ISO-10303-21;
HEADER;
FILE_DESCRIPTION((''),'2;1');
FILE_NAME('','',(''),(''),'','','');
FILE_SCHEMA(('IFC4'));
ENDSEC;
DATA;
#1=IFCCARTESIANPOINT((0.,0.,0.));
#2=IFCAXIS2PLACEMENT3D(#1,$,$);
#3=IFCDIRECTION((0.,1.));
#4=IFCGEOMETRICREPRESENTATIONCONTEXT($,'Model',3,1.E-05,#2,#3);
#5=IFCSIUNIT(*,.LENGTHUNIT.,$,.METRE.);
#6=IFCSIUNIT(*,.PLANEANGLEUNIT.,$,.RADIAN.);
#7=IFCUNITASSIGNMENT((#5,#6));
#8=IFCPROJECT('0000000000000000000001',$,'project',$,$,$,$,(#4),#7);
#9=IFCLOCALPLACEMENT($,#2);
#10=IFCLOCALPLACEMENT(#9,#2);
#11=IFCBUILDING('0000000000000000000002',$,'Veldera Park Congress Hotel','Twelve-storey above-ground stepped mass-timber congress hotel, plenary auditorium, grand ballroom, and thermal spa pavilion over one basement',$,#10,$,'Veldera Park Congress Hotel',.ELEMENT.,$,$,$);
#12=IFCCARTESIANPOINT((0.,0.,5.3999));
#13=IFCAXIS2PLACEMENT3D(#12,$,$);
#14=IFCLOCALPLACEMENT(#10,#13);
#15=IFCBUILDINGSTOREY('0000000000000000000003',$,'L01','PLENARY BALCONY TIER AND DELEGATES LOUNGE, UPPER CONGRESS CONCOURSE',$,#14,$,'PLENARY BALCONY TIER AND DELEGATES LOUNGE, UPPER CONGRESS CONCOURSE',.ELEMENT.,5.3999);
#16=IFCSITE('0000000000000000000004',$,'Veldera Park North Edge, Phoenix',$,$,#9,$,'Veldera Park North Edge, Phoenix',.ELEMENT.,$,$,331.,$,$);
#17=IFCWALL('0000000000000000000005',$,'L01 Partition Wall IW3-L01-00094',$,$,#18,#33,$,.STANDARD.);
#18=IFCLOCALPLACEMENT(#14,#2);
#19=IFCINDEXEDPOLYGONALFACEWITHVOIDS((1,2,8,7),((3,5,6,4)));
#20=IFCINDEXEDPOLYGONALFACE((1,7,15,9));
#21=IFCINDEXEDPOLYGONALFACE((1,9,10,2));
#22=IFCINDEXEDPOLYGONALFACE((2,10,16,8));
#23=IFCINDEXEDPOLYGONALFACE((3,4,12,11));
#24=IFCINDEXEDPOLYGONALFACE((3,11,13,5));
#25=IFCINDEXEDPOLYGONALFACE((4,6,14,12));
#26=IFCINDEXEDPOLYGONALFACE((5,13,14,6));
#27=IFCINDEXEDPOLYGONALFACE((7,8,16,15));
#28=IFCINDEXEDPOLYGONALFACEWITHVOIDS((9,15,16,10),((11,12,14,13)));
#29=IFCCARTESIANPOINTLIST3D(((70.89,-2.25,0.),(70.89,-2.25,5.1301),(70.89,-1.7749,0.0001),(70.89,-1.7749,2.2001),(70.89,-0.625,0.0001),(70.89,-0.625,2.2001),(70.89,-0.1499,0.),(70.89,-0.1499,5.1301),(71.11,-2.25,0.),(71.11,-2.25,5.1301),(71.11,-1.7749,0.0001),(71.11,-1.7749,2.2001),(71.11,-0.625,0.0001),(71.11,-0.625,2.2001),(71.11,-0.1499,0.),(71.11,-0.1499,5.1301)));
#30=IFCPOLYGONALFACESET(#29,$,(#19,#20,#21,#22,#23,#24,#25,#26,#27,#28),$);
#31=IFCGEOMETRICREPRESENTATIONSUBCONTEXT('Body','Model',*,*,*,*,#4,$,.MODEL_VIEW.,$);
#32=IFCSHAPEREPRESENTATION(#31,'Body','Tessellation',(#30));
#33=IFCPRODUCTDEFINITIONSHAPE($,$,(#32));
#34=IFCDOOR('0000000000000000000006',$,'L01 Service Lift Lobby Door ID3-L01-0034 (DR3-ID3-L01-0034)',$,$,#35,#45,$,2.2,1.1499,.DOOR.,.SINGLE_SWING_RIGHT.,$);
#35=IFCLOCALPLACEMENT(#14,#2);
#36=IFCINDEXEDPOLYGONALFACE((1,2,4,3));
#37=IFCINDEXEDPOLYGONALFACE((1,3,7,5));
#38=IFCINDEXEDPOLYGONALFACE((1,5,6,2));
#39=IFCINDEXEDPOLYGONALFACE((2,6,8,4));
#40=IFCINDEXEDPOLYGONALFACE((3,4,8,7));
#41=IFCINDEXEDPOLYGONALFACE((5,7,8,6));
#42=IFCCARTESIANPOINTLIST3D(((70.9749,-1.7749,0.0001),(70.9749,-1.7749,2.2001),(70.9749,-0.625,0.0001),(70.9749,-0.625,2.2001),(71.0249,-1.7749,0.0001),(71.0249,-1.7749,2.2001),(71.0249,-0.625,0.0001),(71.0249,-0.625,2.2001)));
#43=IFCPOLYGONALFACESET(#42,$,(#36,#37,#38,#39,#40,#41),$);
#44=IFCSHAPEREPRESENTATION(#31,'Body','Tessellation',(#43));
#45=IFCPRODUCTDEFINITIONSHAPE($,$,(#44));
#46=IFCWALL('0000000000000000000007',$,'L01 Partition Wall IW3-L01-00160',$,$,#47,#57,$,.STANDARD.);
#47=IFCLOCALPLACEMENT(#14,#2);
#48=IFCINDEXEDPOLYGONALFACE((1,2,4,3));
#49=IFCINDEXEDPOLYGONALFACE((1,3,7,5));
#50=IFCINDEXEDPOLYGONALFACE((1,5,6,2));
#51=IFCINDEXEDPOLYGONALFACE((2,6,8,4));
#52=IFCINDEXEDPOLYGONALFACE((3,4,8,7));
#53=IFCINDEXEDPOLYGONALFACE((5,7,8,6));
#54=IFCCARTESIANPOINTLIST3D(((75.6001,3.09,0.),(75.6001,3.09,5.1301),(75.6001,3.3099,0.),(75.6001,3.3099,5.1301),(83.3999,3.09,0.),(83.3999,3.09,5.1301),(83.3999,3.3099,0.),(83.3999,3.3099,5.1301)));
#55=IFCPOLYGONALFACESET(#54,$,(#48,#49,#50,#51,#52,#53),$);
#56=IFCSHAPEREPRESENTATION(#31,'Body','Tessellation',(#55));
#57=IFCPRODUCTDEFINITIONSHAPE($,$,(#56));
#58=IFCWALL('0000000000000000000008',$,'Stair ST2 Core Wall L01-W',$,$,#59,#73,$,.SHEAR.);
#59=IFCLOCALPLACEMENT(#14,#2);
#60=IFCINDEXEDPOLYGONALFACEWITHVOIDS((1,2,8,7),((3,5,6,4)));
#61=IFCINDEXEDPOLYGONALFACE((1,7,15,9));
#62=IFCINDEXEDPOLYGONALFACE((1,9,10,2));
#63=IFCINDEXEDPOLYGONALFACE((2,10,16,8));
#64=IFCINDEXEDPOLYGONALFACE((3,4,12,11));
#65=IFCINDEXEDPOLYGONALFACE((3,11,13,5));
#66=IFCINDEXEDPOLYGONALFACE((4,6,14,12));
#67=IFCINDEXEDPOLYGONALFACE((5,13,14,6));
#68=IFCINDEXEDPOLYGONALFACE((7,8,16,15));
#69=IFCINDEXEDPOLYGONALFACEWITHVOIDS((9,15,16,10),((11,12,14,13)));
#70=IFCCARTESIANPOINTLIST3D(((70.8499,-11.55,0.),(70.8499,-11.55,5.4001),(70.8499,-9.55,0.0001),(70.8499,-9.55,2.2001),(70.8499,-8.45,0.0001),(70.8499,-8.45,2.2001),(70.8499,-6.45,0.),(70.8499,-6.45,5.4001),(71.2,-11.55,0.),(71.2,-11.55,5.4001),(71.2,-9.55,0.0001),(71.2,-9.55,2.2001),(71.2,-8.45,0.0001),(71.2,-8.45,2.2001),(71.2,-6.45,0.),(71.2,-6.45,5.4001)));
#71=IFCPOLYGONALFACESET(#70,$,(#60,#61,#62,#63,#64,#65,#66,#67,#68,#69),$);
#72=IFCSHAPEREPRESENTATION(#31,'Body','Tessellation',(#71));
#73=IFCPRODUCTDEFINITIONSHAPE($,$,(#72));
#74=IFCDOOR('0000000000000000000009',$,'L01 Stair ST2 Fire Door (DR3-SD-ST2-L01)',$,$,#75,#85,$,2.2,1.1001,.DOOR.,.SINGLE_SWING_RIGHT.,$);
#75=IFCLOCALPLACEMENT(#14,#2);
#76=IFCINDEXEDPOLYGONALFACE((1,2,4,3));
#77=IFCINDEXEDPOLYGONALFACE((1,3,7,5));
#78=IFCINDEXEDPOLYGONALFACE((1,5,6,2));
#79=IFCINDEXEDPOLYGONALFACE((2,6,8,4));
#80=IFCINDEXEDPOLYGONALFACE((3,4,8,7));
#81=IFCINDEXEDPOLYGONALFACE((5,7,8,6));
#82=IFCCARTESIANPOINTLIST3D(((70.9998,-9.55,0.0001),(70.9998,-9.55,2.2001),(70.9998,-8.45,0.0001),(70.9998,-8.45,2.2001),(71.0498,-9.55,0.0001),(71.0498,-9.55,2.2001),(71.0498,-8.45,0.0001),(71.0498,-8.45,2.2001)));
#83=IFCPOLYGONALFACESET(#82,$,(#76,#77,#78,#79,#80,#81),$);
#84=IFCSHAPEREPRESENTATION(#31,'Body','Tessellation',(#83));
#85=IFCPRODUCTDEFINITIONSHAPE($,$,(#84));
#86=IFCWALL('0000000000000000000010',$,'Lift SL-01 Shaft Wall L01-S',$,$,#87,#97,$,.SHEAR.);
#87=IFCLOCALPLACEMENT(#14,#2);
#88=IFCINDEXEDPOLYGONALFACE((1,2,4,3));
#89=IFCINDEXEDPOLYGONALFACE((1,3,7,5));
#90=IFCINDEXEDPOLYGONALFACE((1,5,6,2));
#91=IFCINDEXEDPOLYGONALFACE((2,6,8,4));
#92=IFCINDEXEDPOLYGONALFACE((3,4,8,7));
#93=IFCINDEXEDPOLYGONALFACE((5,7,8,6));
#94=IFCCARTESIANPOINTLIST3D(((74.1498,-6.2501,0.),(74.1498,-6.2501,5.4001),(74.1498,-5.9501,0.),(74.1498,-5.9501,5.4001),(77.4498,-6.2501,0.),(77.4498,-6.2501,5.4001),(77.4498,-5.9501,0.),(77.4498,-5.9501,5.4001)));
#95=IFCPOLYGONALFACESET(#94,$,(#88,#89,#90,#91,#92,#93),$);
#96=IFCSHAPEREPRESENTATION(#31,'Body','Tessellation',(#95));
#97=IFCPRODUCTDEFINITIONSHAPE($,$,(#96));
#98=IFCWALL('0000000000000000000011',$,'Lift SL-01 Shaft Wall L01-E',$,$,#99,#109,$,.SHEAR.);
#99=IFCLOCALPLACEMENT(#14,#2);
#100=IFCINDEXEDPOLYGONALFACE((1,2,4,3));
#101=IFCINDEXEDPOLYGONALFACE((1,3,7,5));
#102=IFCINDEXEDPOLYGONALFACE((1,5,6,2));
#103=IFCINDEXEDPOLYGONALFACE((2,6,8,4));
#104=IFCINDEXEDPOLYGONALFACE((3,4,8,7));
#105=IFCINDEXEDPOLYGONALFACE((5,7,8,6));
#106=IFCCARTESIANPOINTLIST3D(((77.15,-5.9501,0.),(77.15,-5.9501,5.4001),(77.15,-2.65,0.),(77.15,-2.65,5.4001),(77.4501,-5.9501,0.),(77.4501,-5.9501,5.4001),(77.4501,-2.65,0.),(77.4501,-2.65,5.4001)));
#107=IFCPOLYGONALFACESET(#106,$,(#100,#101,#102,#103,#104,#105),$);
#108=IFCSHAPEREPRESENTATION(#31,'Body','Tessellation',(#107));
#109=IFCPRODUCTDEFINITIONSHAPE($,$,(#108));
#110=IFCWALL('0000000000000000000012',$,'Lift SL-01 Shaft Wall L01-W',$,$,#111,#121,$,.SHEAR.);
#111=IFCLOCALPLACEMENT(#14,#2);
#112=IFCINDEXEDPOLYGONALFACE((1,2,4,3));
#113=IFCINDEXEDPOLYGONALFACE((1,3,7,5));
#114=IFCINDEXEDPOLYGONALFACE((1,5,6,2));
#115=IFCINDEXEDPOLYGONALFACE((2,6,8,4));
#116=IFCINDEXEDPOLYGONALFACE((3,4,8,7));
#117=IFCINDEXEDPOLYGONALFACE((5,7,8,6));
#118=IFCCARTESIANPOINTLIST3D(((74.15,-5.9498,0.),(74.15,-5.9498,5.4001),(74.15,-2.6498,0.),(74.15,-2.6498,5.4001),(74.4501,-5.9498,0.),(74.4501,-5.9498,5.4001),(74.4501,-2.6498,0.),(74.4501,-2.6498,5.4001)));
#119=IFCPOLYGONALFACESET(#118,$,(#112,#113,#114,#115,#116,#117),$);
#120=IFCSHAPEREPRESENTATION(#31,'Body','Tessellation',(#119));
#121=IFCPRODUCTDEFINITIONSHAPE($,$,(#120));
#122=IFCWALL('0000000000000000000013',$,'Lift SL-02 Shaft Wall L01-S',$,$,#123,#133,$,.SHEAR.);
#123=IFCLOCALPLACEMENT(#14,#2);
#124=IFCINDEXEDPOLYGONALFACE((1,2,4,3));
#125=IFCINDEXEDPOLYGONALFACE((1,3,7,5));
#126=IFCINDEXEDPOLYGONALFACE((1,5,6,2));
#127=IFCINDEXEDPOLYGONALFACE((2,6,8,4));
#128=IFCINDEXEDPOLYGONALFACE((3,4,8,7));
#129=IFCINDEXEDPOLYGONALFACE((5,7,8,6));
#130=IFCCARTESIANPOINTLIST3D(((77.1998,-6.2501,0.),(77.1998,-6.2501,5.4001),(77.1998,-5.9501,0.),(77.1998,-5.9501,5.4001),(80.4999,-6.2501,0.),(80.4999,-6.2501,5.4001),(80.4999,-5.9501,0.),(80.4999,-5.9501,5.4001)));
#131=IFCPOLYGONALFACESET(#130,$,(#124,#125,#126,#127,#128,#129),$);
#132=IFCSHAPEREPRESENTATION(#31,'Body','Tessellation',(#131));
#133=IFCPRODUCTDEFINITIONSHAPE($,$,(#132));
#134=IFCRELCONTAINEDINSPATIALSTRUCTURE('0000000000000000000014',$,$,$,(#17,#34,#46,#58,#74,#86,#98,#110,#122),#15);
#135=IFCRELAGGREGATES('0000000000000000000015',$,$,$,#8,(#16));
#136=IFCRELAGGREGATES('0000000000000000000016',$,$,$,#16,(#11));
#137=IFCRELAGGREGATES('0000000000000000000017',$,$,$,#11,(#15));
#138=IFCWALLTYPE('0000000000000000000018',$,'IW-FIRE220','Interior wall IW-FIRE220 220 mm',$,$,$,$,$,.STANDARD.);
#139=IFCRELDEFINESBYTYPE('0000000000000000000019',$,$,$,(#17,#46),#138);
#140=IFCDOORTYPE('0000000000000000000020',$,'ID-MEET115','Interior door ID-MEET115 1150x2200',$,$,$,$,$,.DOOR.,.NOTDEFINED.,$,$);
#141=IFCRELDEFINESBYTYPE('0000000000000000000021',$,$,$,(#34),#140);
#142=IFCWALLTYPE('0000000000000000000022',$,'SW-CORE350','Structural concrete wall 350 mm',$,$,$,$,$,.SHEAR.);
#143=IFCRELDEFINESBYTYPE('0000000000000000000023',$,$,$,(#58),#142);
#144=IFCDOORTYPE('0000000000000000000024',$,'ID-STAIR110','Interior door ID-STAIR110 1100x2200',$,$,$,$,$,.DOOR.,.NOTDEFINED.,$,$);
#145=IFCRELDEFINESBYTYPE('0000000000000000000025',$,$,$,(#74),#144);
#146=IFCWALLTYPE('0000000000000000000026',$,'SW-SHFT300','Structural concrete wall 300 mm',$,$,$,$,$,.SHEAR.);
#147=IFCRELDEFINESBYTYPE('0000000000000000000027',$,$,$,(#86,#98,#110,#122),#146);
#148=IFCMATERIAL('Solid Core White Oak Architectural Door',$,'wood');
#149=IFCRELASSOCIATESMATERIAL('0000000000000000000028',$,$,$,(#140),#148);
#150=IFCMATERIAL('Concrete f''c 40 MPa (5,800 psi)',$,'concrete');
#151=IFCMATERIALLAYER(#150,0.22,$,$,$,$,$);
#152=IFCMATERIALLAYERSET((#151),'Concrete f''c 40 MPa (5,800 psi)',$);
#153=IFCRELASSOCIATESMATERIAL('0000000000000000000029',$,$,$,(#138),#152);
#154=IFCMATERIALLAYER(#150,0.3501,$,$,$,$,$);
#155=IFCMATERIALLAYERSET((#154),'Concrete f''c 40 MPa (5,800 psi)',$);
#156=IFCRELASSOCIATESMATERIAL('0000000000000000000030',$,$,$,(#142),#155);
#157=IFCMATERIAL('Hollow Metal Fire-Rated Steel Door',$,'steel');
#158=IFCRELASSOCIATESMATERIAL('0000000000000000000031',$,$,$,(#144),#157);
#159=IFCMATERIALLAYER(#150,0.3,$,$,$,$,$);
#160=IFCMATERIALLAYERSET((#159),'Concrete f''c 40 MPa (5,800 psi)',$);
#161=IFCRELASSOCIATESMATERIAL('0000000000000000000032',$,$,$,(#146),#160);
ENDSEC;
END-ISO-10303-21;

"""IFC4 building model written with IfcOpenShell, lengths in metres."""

from ifc_helpers import new_model, si_unit, direction, frame, frame_2d, origin, place, context, subcontext, project, spatial, rectangle, extrude, material, layer, layer_set, type_object, element, fill, save


model = new_model("IFC4")

# Units and contexts
model_context = context("Model", 3, precision=1e-05, world=origin(), true_north=direction((0.0, 1.0)))
body_context = subcontext(model_context, "Body", "Model", "MODEL_VIEW")
ifc_project = project(units=[si_unit("LENGTHUNIT", "METRE"), si_unit("PLANEANGLEUNIT", "RADIAN")], contexts=[model_context])

# Site, building, storey
site_placement = place(None, origin())
site = spatial("IfcSite", under=ifc_project, at=site_placement, Name="Veldera Park North Edge, Phoenix", LongName="Veldera Park North Edge, Phoenix", CompositionType="ELEMENT", RefElevation=331.0)
building_placement = place(site_placement, origin())
building = spatial("IfcBuilding", under=site, at=building_placement, Name="Veldera Park Congress Hotel", Description="Twelve-storey above-ground stepped mass-timber congress hotel, plenary auditorium, grand ballroom, and thermal spa pavilion over one basement", LongName="Veldera Park Congress Hotel", CompositionType="ELEMENT")
storey_placement = place(building_placement, frame((0.0, 0.0, 5.3999)))
storey = spatial("IfcBuildingStorey", under=building, at=storey_placement, Name="L01", Description="PLENARY BALCONY TIER AND DELEGATES LOUNGE, UPPER CONGRESS CONCOURSE", LongName="PLENARY BALCONY TIER AND DELEGATES LOUNGE, UPPER CONGRESS CONCOURSE", CompositionType="ELEMENT", Elevation=5.3999)

# Shared definitions
ifc_material_1 = material(Name="Concrete f'c 40 MPa (5,800 psi)", Category="concrete")

# Wall, opening, door
ifc_material_2 = material(Name="Solid Core White Oak Architectural Door", Category="wood")
door_type_1 = type_object("IfcDoorType", Name="ID-MEET115", Description="Interior door ID-MEET115 1150x2200", OperationType="NOTDEFINED", PredefinedType="DOOR", material=ifc_material_2)
ifc_layer_1 = layer(ifc_material_1, 0.22)
ifc_layer_set_1 = layer_set([ifc_layer_1], Name="Concrete f'c 40 MPa (5,800 psi)")
wall_type_1 = type_object("IfcWallType", Name="IW-FIRE220", Description="Interior wall IW-FIRE220 220 mm", PredefinedType="STANDARD", material=ifc_layer_set_1)
wall_1_placement = place(storey_placement, frame((71.0, -0.1499, 0.0), z_axis=(0.0, 0.0, 1.0), x_axis=(0.0, -1.0, 0.0)))
wall_1 = element("IfcWall", 1, at=wall_1_placement, inside=storey, type_object=wall_type_1, Name="L01 Partition Wall IW3-L01-00094", PredefinedType="STANDARD", context=body_context, shape_type="SweptSolid", body=[
    extrude(rectangle(XDim=2.1001, YDim=0.22, at=frame_2d((1.05, 0.0))), origin(), (0.0, 0.0, 1.0), 5.1301),
])
opening_1_placement = place(wall_1_placement, frame((0.4751, 0.0, 0.0)))
opening_1 = element("IfcOpeningElement", 2, at=opening_1_placement, cuts=wall_1, PredefinedType="OPENING", context=body_context, shape_type="SweptSolid", body=[
    extrude(rectangle(XDim=1.1499, YDim=2.2, at=frame_2d((0.575, 1.1001))), frame((0.0, 0.1221, 0.0), z_axis=(0.0, -1.0, 0.0), x_axis=(1.0, 0.0, 0.0)), (0.0, 0.0, 1.0), 0.2439),
])
door_1_placement = place(opening_1_placement, origin())
door_1 = element("IfcDoor", 3, at=door_1_placement, inside=storey, type_object=door_type_1, Name="L01 Service Lift Lobby Door ID3-L01-0034 (DR3-ID3-L01-0034)", OperationType="SINGLE_SWING_RIGHT", OverallHeight=2.2, OverallWidth=1.1499, PredefinedType="DOOR", context=body_context, shape_type="SweptSolid", body=[
    extrude(rectangle(XDim=1.1499, YDim=2.2, at=frame_2d((0.575, 1.1001))), frame((0.0, 0.0249, 0.0), z_axis=(0.0, -1.0, 0.0), x_axis=(1.0, 0.0, 0.0)), (0.0, 0.0, 1.0), 0.05),
])
fill(opening_1, door_1)

# Wall
wall_2_placement = place(storey_placement, frame((75.6001, 3.2, 0.0), z_axis=(0.0, 0.0, 1.0), x_axis=(1.0, 0.0, 0.0)))
element("IfcWall", 4, at=wall_2_placement, inside=storey, type_object=wall_type_1, Name="L01 Partition Wall IW3-L01-00160", PredefinedType="STANDARD", context=body_context, shape_type="SweptSolid", body=[
    extrude(rectangle(XDim=7.7998, YDim=0.22, at=frame_2d((3.8999, 0.0))), origin(), (0.0, 0.0, 1.0), 5.1301),
])

# Wall, opening, door
ifc_layer_2 = layer(ifc_material_1, 0.3501)
ifc_layer_set_2 = layer_set([ifc_layer_2], Name="Concrete f'c 40 MPa (5,800 psi)")
wall_type_2 = type_object("IfcWallType", Name="SW-CORE350", Description="Structural concrete wall 350 mm", PredefinedType="SHEAR", material=ifc_layer_set_2)
wall_3_placement = place(storey_placement, frame((71.0249, -6.45, 0.0), z_axis=(0.0, 0.0, 1.0), x_axis=(0.0, -1.0, 0.0)))
wall_3 = element("IfcWall", 5, at=wall_3_placement, inside=storey, type_object=wall_type_2, Name="Stair ST2 Core Wall L01-W", PredefinedType="SHEAR", context=body_context, shape_type="SweptSolid", body=[
    extrude(rectangle(XDim=5.1001, YDim=0.3501, at=frame_2d((2.55, 0.0))), origin(), (0.0, 0.0, 1.0), 5.4001),
])
opening_2_placement = place(wall_3_placement, frame((2.0, 0.0, 0.0)))
opening_2 = element("IfcOpeningElement", 6, at=opening_2_placement, cuts=wall_3, PredefinedType="OPENING", context=body_context, shape_type="SweptSolid", body=[
    extrude(rectangle(XDim=1.1001, YDim=2.2, at=frame_2d((0.55, 1.1001))), frame((0.0, 0.187, 0.0), z_axis=(0.0, -1.0, 0.0), x_axis=(1.0, 0.0, 0.0)), (0.0, 0.0, 1.0), 0.374),
])
ifc_material_3 = material(Name="Hollow Metal Fire-Rated Steel Door", Category="steel")
door_type_2 = type_object("IfcDoorType", Name="ID-STAIR110", Description="Interior door ID-STAIR110 1100x2200", OperationType="NOTDEFINED", PredefinedType="DOOR", material=ifc_material_3)
door_2_placement = place(opening_2_placement, origin())
door_2 = element("IfcDoor", 7, at=door_2_placement, inside=storey, type_object=door_type_2, Name="L01 Stair ST2 Fire Door (DR3-SD-ST2-L01)", OperationType="SINGLE_SWING_RIGHT", OverallHeight=2.2, OverallWidth=1.1001, PredefinedType="DOOR", context=body_context, shape_type="SweptSolid", body=[
    extrude(rectangle(XDim=1.1001, YDim=2.2, at=frame_2d((0.55, 1.1001))), frame((0.0, 0.0249, 0.0), z_axis=(0.0, -1.0, 0.0), x_axis=(1.0, 0.0, 0.0)), (0.0, 0.0, 1.0), 0.05),
])
fill(opening_2, door_2)

# Walls
ifc_layer_3 = layer(ifc_material_1, 0.3)
ifc_layer_set_3 = layer_set([ifc_layer_3], Name="Concrete f'c 40 MPa (5,800 psi)")
wall_type_3 = type_object("IfcWallType", Name="SW-SHFT300", Description="Structural concrete wall 300 mm", PredefinedType="SHEAR", material=ifc_layer_set_3)
for number, where, z_axis, x_axis, name in (
    (8, (74.1499, -6.1001, 0.0), (0.0, 0.0, 1.0), (1.0, 0.0, 0.0), "Lift SL-01 Shaft Wall L01-S"),
    (9, (77.3, -5.95, 0.0), (0.0, 0.0, 1.0), (0.0, 1.0, 0.0), "Lift SL-01 Shaft Wall L01-E"),
    (10, (74.3, -2.6499, 0.0), (0.0, 0.0, 1.0), (0.0, -1.0, 0.0), "Lift SL-01 Shaft Wall L01-W"),
    (11, (77.2, -6.1001, 0.0), (0.0, 0.0, 1.0), (1.0, 0.0, 0.0), "Lift SL-02 Shaft Wall L01-S"),
):
    element("IfcWall", number, at=place(storey_placement, frame(where, z_axis=z_axis, x_axis=x_axis)), inside=storey, type_object=wall_type_3, Name=name, PredefinedType="SHEAR", context=body_context, shape_type="SweptSolid", body=[
        extrude(rectangle(XDim=3.3, YDim=0.3, at=frame_2d((1.6499, 0.0))), origin(), (0.0, 0.0, 1.0), 5.4001),
    ])

save(model, "model.ifc")
